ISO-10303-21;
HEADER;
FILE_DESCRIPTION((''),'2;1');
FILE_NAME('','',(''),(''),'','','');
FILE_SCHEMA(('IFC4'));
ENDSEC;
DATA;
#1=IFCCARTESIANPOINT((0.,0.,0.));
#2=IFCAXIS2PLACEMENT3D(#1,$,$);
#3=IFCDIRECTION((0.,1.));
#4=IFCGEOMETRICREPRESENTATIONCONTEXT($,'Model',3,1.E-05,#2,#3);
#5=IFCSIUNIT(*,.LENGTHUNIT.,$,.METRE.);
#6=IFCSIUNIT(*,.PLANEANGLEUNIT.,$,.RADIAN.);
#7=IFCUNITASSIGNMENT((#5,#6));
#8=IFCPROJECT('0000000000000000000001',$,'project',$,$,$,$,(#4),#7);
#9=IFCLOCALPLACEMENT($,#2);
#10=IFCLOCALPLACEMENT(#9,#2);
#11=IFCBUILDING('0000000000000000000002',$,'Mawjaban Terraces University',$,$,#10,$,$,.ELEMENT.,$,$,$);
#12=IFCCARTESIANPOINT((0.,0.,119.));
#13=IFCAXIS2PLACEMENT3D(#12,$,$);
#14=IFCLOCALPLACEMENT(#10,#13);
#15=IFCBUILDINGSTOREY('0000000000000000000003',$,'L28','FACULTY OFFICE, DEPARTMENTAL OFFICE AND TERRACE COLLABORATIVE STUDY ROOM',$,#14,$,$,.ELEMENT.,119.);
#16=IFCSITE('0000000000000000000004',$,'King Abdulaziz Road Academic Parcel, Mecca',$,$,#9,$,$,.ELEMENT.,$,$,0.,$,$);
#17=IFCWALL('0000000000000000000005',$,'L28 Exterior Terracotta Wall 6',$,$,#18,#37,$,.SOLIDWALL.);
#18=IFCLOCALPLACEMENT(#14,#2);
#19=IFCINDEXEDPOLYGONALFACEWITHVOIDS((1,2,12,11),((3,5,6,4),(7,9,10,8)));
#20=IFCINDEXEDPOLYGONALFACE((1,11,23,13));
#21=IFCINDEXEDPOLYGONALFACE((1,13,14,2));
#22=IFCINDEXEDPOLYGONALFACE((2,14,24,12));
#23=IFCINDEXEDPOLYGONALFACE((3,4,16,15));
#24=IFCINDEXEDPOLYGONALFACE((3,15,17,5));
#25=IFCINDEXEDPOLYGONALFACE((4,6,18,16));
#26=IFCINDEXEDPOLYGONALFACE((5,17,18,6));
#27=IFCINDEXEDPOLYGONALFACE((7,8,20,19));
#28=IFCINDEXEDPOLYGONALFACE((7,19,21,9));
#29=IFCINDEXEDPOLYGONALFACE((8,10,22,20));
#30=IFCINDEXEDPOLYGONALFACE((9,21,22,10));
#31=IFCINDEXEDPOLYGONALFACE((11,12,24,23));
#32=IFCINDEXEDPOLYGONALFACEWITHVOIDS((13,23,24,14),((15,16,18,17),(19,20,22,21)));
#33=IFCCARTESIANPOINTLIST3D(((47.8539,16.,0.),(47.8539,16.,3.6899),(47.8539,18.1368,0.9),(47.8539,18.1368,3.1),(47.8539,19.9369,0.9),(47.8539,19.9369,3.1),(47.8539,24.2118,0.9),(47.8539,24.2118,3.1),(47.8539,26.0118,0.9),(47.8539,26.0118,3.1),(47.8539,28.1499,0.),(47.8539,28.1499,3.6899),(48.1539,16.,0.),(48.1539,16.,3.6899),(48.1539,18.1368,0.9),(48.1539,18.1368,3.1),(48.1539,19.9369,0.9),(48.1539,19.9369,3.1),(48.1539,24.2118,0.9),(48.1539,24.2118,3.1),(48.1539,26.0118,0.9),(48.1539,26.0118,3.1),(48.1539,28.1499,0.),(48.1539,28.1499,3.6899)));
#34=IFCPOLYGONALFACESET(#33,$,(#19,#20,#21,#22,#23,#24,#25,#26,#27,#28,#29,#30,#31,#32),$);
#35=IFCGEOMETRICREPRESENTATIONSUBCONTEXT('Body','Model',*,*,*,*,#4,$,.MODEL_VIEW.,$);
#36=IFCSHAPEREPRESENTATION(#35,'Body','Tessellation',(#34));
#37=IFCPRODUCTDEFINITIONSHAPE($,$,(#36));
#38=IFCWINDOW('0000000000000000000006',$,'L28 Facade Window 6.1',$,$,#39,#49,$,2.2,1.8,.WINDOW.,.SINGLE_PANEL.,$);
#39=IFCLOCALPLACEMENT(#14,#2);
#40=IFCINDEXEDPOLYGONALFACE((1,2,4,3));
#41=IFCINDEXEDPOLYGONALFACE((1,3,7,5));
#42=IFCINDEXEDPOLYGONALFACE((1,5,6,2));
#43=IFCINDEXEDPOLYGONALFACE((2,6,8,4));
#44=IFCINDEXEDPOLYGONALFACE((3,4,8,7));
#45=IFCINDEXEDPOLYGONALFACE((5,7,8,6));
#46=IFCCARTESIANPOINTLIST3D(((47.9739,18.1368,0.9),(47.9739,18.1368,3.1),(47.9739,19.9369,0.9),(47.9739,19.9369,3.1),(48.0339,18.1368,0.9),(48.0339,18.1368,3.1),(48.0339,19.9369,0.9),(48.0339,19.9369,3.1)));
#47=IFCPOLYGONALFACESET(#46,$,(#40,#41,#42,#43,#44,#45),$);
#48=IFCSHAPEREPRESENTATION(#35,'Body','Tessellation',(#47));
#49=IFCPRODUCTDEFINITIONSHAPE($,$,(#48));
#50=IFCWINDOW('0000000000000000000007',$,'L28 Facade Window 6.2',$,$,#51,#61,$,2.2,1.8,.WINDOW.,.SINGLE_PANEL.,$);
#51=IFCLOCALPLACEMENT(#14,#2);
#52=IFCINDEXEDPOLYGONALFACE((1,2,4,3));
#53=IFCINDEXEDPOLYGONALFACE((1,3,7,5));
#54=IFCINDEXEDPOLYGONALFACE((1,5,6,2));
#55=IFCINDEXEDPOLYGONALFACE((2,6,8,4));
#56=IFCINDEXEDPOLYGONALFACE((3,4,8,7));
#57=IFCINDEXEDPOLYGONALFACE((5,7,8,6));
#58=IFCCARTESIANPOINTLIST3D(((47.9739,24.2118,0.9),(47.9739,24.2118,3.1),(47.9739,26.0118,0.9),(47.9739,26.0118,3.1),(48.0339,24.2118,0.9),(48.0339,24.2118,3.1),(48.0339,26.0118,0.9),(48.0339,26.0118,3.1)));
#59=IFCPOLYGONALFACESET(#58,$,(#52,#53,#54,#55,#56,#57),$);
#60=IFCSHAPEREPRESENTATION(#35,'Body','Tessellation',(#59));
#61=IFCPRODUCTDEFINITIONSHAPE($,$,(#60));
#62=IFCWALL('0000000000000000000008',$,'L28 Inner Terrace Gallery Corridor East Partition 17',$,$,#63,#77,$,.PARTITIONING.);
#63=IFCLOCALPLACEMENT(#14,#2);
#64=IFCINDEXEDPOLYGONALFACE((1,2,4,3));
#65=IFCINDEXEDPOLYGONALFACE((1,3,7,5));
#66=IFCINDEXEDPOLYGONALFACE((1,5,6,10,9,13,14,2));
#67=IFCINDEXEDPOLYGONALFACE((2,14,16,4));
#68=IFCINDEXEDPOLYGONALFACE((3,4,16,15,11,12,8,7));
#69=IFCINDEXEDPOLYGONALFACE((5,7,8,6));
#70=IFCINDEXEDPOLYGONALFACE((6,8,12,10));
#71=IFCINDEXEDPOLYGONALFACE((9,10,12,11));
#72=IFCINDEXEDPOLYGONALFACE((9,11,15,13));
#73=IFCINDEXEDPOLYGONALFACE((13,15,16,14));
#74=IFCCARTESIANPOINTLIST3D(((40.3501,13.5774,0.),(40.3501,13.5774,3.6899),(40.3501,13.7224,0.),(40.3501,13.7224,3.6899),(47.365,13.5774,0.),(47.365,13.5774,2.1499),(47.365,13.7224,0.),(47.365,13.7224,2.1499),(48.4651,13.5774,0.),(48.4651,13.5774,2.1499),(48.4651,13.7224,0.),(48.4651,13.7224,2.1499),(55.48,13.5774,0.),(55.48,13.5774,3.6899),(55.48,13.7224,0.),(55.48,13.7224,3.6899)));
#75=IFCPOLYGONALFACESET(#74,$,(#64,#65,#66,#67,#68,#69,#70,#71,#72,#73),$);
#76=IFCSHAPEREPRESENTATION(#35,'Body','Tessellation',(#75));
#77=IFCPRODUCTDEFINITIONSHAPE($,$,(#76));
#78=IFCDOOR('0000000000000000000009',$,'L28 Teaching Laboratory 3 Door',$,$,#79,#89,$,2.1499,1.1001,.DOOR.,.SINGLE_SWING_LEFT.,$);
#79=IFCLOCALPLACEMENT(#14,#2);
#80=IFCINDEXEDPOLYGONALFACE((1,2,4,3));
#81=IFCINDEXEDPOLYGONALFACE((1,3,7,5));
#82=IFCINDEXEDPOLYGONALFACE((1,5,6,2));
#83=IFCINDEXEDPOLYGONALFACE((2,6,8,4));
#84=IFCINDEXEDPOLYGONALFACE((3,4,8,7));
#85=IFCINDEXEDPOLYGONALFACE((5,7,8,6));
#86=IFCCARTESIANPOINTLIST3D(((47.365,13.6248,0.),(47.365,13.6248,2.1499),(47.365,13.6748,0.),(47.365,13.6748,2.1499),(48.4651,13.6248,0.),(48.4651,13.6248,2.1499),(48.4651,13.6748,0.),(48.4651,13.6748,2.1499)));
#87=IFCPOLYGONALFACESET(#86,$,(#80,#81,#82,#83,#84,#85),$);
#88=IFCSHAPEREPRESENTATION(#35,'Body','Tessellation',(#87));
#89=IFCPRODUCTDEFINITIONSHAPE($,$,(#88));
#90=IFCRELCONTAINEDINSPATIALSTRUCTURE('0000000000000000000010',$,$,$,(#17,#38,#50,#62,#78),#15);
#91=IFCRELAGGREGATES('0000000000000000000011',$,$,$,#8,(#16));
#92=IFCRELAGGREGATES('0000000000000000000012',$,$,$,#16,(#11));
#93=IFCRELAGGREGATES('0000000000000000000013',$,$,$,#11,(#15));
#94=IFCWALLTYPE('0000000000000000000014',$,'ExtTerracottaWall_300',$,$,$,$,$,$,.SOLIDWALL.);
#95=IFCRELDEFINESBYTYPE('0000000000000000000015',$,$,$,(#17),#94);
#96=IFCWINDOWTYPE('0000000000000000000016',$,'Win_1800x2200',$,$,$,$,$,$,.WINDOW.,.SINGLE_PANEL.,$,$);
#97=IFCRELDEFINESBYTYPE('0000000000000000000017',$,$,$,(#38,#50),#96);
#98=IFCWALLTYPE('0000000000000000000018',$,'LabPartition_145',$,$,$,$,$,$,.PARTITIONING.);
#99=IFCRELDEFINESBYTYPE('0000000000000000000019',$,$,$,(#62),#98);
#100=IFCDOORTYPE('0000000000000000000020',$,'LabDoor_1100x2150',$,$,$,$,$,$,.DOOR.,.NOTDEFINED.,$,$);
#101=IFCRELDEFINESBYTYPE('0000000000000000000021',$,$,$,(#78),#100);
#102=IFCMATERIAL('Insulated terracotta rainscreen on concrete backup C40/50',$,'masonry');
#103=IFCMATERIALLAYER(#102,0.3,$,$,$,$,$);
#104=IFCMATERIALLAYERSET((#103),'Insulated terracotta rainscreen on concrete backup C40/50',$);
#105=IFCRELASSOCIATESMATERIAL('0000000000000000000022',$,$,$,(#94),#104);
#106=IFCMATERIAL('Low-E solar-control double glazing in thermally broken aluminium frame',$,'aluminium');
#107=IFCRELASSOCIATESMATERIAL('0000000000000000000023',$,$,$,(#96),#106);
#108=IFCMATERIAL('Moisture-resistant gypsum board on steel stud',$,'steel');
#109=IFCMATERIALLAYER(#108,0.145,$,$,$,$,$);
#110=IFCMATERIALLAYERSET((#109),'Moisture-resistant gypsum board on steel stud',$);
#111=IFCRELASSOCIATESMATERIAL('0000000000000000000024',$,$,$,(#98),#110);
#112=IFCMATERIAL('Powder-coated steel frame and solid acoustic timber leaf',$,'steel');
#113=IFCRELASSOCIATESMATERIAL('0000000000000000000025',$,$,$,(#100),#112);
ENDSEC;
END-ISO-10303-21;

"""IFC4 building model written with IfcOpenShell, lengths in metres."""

from ifc_helpers import new_model, si_unit, direction, frame, frame_2d, origin, place, context, subcontext, project, spatial, rectangle, extrude, material, layer, layer_set, type_object, element, fill, save


model = new_model("IFC4")

# Units and contexts
model_context = context("Model", 3, precision=1e-05, world=origin(), true_north=direction((0.0, 1.0)))
body_context = subcontext(model_context, "Body", "Model", "MODEL_VIEW")
ifc_project = project(units=[si_unit("LENGTHUNIT", "METRE"), si_unit("PLANEANGLEUNIT", "RADIAN")], contexts=[model_context])

# Site, building, storey
site_placement = place(None, origin())
site = spatial("IfcSite", under=ifc_project, at=site_placement, Name="King Abdulaziz Road Academic Parcel, Mecca", CompositionType="ELEMENT", RefElevation=0.0)
building_placement = place(site_placement, origin())
building = spatial("IfcBuilding", under=site, at=building_placement, Name="Mawjaban Terraces University", CompositionType="ELEMENT")
storey_placement = place(building_placement, frame((0.0, 0.0, 119.0)))
storey = spatial("IfcBuildingStorey", under=building, at=storey_placement, Name="L28", Description="FACULTY OFFICE, DEPARTMENTAL OFFICE AND TERRACE COLLABORATIVE STUDY ROOM", CompositionType="ELEMENT", Elevation=119.0)

# Shared definitions
ifc_material_1 = material(Name="Powder-coated steel frame and solid acoustic timber leaf", Category="steel")

# Wall, openings, windows
ifc_material_2 = material(Name="Insulated terracotta rainscreen on concrete backup C40/50", Category="masonry")
ifc_layer_1 = layer(ifc_material_2, 0.3)
ifc_layer_set_1 = layer_set([ifc_layer_1], Name="Insulated terracotta rainscreen on concrete backup C40/50")
wall_type_1 = type_object("IfcWallType", Name="ExtTerracottaWall_300", PredefinedType="SOLIDWALL", material=ifc_layer_set_1)
wall_1_placement = place(storey_placement, frame((48.0039, 16.0, 0.0), z_axis=(0.0, 0.0, 1.0), x_axis=(0.0, 1.0, 0.0)))
wall_1 = element("IfcWall", 1, at=wall_1_placement, inside=storey, type_object=wall_type_1, Name="L28 Exterior Terracotta Wall 6", PredefinedType="SOLIDWALL", context=body_context, shape_type="SweptSolid", body=[
    extrude(rectangle(XDim=12.1499, YDim=0.3, at=frame_2d((6.075, 0.0))), origin(), (0.0, 0.0, 1.0), 3.6899),
])
opening_1_placement = place(wall_1_placement, frame((2.137, 0.0, 0.8999)))
opening_1 = element("IfcOpeningElement", 2, at=opening_1_placement, cuts=wall_1, PredefinedType="OPENING", context=body_context, shape_type="SweptSolid", body=[
    extrude(rectangle(XDim=1.8, YDim=2.2, at=frame_2d((0.8999, 1.1001))), frame((0.0, 0.1599, 0.0), z_axis=(0.0, -1.0, 0.0), x_axis=(1.0, 0.0, 0.0)), (0.0, 0.0, 1.0), 0.3201),
])
opening_2_placement = place(wall_1_placement, frame((8.2119, 0.0, 0.8999)))
opening_2 = element("IfcOpeningElement", 3, at=opening_2_placement, cuts=wall_1, PredefinedType="OPENING", context=body_context, shape_type="SweptSolid", body=[
    extrude(rectangle(XDim=1.8, YDim=2.2, at=frame_2d((0.8999, 1.1001))), frame((0.0, 0.1599, 0.0), z_axis=(0.0, -1.0, 0.0), x_axis=(1.0, 0.0, 0.0)), (0.0, 0.0, 1.0), 0.3201),
])
ifc_material_3 = material(Name="Low-E solar-control double glazing in thermally broken aluminium frame", Category="aluminium")
window_type = type_object("IfcWindowType", Name="Win_1800x2200", PartitioningType="SINGLE_PANEL", PredefinedType="WINDOW", material=ifc_material_3)
window_1_placement = place(opening_1_placement, origin())
window_1 = element("IfcWindow", 4, at=window_1_placement, inside=storey, type_object=window_type, Name="L28 Facade Window 6.1", OverallHeight=2.2, OverallWidth=1.8, PartitioningType="SINGLE_PANEL", PredefinedType="WINDOW", context=body_context, shape_type="SweptSolid", body=[
    extrude(rectangle(XDim=1.8, YDim=2.2, at=frame_2d((0.8999, 1.1001))), frame((0.0, 0.03, 0.0), z_axis=(0.0, -1.0, 0.0), x_axis=(1.0, 0.0, 0.0)), (0.0, 0.0, 1.0), 0.0601),
])
fill(opening_1, window_1)
window_2_placement = place(opening_2_placement, origin())
window_2 = element("IfcWindow", 5, at=window_2_placement, inside=storey, type_object=window_type, Name="L28 Facade Window 6.2", OverallHeight=2.2, OverallWidth=1.8, PartitioningType="SINGLE_PANEL", PredefinedType="WINDOW", context=body_context, shape_type="SweptSolid", body=[
    extrude(rectangle(XDim=1.8, YDim=2.2, at=frame_2d((0.8999, 1.1001))), frame((0.0, 0.03, 0.0), z_axis=(0.0, -1.0, 0.0), x_axis=(1.0, 0.0, 0.0)), (0.0, 0.0, 1.0), 0.0601),
])
fill(opening_2, window_2)

# Wall, opening, door
ifc_material_4 = material(Name="Moisture-resistant gypsum board on steel stud", Category="steel")
ifc_layer_2 = layer(ifc_material_4, 0.145)
ifc_layer_set_2 = layer_set([ifc_layer_2], Name="Moisture-resistant gypsum board on steel stud")
wall_type_2 = type_object("IfcWallType", Name="LabPartition_145", PredefinedType="PARTITIONING", material=ifc_layer_set_2)
wall_2_placement = place(storey_placement, frame((40.3501, 13.6499, 0.0), z_axis=(0.0, 0.0, 1.0), x_axis=(1.0, 0.0, 0.0)))
wall_2 = element("IfcWall", 6, at=wall_2_placement, inside=storey, type_object=wall_type_2, Name="L28 Inner Terrace Gallery Corridor East Partition 17", PredefinedType="PARTITIONING", context=body_context, shape_type="SweptSolid", body=[
    extrude(rectangle(XDim=15.1299, YDim=0.145, at=frame_2d((7.5649, 0.0))), origin(), (0.0, 0.0, 1.0), 3.6899),
])
opening_3_placement = place(wall_2_placement, frame((7.0149, 0.0, 0.0)))
opening_3 = element("IfcOpeningElement", 7, at=opening_3_placement, cuts=wall_2, PredefinedType="OPENING", context=body_context, shape_type="SweptSolid", body=[
    extrude(rectangle(XDim=1.1001, YDim=2.1499, at=frame_2d((0.55, 1.075))), frame((0.0, 0.0825, 0.0), z_axis=(0.0, -1.0, 0.0), x_axis=(1.0, 0.0, 0.0)), (0.0, 0.0, 1.0), 0.165),
])
door_type_1 = type_object("IfcDoorType", Name="LabDoor_1100x2150", OperationType="NOTDEFINED", PredefinedType="DOOR", material=ifc_material_1)
door_1_placement = place(opening_3_placement, origin())
door_1 = element("IfcDoor", 8, at=door_1_placement, inside=storey, type_object=door_type_1, Name="L28 Teaching Laboratory 3 Door", OperationType="SINGLE_SWING_LEFT", OverallHeight=2.1499, OverallWidth=1.1001, PredefinedType="DOOR", context=body_context, shape_type="SweptSolid", body=[
    extrude(rectangle(XDim=1.1001, YDim=2.1499, at=frame_2d((0.55, 1.075))), frame((0.0, 0.0249, 0.0), z_axis=(0.0, -1.0, 0.0), x_axis=(1.0, 0.0, 0.0)), (0.0, 0.0, 1.0), 0.05),
])
fill(opening_3, door_1)

save(model, "model.ifc")
